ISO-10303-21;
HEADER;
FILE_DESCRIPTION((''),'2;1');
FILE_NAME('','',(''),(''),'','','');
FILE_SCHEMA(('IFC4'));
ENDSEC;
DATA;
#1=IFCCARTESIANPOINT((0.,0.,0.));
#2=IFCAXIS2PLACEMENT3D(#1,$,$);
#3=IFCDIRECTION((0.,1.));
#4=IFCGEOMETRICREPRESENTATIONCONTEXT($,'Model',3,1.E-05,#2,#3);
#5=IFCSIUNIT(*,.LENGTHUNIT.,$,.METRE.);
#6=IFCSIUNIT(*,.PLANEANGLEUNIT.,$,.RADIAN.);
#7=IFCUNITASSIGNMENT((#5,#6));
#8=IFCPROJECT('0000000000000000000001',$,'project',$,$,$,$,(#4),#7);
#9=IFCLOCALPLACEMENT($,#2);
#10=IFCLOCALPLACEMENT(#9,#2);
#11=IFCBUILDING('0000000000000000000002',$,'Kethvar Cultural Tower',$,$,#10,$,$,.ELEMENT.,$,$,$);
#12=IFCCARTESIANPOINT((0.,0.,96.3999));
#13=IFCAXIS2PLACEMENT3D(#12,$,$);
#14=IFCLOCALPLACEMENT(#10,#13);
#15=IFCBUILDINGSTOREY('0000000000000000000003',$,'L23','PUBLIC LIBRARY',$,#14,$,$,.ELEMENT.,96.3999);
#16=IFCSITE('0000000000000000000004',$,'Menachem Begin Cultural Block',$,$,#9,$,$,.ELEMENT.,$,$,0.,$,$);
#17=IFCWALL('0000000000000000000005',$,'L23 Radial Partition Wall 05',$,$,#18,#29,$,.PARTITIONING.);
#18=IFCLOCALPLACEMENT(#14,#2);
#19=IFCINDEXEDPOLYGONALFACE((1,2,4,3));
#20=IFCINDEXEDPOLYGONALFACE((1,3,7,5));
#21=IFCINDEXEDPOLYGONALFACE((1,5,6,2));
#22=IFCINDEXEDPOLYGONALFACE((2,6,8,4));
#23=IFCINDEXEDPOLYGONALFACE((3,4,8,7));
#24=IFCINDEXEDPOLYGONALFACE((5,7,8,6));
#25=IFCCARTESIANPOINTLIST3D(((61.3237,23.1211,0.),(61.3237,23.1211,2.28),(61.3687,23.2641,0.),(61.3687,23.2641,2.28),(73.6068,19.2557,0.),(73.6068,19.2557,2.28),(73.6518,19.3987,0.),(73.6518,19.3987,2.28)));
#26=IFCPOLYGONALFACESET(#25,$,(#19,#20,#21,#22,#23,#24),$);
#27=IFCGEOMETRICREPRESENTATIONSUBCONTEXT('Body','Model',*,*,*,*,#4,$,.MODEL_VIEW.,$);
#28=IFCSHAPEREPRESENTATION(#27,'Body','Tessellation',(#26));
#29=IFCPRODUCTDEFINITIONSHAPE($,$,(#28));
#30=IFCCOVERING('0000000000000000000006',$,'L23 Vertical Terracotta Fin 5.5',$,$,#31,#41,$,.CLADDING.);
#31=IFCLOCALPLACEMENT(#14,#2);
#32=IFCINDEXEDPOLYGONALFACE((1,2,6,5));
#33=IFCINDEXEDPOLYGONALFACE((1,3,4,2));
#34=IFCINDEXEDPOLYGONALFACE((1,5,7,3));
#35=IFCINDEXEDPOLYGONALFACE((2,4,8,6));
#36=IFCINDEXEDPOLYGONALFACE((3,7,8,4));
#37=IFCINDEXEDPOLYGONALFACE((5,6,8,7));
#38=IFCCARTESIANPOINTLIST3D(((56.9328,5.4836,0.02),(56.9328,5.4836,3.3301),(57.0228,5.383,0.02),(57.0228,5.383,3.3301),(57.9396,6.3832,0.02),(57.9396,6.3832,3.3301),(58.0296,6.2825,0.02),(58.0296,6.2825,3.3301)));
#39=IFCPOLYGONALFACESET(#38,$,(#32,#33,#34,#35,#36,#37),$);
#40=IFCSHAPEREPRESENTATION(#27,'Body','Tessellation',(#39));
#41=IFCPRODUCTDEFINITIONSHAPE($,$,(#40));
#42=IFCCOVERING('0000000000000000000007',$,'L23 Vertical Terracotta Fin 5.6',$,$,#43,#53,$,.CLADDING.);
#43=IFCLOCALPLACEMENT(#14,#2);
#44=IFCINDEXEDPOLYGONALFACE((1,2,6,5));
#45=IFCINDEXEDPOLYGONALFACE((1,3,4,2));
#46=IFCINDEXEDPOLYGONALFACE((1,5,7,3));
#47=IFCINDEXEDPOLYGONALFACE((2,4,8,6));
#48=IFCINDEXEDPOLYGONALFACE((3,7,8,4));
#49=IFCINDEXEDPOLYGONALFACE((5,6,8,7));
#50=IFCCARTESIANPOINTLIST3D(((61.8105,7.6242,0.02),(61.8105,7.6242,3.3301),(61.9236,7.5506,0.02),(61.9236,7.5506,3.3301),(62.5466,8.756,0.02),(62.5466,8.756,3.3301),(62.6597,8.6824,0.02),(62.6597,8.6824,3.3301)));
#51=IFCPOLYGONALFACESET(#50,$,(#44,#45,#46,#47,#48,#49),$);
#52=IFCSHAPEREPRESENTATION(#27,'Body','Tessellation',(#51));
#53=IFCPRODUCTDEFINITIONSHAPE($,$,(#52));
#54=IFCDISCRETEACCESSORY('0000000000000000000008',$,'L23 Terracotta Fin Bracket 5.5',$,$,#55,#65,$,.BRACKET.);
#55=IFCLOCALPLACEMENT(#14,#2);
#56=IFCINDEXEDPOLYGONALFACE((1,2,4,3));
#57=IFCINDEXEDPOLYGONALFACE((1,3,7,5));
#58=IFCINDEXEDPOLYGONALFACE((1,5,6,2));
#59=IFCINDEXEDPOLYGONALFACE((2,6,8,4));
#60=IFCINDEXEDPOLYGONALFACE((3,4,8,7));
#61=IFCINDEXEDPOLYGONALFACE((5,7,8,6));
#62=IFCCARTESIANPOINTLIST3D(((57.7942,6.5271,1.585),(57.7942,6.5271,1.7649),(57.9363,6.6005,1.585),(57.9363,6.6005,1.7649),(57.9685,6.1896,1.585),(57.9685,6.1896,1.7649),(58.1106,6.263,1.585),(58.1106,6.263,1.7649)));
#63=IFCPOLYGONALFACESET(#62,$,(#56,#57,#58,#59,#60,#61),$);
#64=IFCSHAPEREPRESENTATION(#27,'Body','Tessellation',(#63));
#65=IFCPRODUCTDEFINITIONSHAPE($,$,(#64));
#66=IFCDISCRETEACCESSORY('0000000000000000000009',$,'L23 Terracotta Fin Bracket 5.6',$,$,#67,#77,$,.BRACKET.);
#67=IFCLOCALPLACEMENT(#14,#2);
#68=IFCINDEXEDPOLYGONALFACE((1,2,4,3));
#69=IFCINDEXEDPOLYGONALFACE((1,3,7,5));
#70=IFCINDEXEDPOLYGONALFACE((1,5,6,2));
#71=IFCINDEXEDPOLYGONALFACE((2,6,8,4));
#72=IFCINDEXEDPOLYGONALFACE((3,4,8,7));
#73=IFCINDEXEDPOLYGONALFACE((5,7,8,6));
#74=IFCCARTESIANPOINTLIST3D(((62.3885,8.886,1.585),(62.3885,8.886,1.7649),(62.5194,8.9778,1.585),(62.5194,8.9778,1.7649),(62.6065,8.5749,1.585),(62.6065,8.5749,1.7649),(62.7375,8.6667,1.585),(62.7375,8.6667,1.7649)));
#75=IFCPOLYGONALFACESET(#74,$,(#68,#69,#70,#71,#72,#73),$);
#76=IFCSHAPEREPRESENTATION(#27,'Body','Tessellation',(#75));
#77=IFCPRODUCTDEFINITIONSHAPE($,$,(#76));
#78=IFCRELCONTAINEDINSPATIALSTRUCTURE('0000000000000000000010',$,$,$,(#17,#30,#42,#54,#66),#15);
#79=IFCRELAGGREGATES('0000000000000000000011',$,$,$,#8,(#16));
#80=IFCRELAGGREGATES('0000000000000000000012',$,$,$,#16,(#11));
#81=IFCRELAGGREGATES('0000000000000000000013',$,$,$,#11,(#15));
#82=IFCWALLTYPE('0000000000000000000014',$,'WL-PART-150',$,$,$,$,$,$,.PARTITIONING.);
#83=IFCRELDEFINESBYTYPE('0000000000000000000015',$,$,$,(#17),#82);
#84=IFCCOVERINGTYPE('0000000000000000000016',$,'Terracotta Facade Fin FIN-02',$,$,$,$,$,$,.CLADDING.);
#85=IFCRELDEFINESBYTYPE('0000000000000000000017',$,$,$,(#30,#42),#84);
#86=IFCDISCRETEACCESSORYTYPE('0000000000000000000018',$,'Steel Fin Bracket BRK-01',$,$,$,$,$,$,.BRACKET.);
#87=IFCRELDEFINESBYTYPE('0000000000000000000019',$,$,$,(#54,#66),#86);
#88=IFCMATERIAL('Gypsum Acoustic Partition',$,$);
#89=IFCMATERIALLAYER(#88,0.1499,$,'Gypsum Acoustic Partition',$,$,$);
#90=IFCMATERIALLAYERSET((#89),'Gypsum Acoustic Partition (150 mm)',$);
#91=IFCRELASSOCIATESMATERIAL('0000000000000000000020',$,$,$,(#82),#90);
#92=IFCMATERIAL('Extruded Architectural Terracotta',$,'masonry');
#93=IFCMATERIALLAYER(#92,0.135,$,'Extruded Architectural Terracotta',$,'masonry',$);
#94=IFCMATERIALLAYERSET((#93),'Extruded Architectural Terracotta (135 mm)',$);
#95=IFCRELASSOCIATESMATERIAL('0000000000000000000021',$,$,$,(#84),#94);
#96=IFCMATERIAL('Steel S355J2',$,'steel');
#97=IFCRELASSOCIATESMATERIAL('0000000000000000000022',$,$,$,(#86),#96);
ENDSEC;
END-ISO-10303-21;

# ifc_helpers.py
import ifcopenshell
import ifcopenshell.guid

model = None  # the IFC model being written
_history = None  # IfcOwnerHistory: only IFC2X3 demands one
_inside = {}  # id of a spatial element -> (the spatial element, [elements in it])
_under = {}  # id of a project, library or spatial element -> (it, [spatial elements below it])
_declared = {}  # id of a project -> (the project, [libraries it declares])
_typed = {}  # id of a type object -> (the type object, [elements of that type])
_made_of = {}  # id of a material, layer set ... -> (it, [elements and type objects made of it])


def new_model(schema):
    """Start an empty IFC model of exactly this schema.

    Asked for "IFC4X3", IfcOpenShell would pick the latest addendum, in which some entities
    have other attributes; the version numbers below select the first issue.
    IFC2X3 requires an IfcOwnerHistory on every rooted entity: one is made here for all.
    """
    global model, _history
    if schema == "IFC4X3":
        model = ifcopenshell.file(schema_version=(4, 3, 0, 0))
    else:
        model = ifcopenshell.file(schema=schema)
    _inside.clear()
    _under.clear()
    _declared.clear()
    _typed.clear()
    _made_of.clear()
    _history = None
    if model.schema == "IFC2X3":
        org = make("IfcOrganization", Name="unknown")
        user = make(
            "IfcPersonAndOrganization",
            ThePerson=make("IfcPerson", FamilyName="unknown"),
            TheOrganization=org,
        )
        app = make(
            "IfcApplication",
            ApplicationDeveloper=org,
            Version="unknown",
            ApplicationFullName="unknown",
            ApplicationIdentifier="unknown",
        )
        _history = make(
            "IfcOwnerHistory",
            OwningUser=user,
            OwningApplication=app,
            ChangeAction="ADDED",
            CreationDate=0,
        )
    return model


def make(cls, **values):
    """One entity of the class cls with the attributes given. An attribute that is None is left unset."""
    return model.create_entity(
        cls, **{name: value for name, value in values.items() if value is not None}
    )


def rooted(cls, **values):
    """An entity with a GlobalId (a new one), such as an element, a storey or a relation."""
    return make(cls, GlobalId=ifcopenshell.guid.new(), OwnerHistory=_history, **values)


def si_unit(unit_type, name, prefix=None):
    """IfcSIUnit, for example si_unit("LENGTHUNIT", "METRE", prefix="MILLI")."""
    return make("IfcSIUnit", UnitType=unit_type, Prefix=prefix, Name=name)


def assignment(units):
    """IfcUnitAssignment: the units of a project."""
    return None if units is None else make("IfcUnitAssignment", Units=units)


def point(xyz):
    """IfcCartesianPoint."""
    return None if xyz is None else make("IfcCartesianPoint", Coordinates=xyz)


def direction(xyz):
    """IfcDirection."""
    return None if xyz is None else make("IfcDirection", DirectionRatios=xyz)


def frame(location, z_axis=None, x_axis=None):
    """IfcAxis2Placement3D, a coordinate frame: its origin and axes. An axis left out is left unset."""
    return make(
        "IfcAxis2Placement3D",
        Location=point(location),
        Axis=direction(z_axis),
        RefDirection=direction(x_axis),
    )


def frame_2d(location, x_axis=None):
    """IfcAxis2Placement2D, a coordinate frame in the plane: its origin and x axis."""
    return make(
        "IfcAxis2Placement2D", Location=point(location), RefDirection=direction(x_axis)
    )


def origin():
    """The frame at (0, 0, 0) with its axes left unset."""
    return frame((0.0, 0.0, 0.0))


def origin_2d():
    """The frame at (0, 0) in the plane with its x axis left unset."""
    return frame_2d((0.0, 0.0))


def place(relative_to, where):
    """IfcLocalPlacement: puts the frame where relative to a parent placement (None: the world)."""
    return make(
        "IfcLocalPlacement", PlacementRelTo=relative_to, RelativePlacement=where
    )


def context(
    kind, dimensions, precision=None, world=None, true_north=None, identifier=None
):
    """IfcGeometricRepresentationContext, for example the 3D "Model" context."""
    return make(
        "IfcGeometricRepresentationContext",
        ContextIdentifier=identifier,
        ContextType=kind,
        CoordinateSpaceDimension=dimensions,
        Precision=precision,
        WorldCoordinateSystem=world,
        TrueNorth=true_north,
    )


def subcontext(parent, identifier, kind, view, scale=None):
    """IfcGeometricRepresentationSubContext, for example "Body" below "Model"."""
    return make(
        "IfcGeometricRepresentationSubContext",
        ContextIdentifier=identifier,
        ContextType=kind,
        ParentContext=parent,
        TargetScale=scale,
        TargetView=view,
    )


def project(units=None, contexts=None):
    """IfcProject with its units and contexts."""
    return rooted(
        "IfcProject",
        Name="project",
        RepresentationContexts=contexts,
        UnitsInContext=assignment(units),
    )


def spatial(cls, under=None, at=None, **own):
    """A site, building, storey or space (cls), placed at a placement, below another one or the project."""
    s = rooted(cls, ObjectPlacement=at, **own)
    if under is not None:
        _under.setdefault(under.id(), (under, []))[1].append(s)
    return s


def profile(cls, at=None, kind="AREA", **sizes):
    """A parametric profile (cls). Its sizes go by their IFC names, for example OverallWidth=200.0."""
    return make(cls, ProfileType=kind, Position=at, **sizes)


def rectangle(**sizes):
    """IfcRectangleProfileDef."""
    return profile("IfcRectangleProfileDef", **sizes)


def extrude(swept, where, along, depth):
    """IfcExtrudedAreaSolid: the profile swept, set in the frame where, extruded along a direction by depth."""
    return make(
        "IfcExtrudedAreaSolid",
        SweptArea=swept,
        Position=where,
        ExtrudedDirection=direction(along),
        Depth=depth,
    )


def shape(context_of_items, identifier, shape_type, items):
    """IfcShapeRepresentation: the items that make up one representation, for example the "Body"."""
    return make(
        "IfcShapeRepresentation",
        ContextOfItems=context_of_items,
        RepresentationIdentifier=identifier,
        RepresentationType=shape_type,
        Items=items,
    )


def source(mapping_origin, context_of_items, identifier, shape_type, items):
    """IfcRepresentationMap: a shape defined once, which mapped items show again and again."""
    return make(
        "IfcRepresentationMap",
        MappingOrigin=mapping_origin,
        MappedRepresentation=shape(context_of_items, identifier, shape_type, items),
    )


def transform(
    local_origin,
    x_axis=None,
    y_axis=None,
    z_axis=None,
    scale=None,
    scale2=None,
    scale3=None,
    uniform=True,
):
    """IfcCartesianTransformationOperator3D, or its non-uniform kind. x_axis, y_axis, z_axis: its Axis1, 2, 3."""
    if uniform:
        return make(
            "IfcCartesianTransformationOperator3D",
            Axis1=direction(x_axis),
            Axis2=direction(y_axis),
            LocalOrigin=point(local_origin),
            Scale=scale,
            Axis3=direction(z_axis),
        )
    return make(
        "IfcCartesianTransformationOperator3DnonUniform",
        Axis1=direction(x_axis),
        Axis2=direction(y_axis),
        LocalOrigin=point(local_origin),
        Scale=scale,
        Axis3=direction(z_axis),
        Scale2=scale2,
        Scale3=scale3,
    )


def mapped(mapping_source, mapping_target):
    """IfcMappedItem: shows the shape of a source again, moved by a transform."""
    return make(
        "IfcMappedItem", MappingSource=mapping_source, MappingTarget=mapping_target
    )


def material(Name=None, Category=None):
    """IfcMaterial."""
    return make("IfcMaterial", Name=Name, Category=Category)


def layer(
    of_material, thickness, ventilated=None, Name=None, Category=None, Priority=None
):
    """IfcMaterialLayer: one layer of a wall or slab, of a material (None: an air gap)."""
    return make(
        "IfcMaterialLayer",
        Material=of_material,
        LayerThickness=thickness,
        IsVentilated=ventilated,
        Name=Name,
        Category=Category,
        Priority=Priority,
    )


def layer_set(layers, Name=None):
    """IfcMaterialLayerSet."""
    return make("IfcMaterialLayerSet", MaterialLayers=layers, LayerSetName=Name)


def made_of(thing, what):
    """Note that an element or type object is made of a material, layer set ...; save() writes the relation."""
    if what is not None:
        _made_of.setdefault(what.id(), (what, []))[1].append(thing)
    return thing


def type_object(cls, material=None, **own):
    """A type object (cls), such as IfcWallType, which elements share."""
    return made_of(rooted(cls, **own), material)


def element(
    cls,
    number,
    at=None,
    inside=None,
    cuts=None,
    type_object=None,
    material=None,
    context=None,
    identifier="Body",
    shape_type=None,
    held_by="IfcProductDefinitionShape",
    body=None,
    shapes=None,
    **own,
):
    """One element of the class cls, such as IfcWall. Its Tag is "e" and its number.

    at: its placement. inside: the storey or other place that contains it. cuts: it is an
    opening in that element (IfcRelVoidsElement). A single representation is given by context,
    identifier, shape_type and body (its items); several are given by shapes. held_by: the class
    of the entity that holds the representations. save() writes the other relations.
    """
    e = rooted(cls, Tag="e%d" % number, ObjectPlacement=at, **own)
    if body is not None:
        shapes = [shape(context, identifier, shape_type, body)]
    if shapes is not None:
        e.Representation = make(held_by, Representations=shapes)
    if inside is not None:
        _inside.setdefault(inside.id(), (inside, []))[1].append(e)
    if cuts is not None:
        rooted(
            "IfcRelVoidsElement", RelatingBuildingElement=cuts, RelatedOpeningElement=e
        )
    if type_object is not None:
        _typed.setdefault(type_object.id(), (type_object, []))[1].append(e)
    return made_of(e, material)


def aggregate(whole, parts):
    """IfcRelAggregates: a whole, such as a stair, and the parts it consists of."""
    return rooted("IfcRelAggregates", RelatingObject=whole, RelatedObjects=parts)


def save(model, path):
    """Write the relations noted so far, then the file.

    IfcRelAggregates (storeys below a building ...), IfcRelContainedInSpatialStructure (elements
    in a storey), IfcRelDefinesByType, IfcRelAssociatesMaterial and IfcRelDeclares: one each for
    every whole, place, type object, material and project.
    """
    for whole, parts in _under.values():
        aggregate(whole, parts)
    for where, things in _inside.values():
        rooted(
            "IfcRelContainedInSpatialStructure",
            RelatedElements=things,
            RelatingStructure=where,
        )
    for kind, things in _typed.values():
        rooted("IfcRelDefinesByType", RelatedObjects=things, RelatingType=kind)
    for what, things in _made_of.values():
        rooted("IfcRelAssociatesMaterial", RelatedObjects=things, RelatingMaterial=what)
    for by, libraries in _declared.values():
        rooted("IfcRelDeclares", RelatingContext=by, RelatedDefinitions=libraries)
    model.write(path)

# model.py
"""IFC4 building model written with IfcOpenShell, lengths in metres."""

from ifc_helpers import new_model, si_unit, direction, frame, frame_2d, origin, origin_2d, place, context, subcontext, project, spatial, rectangle, extrude, source, transform, mapped, material, layer, layer_set, type_object, element, save


model = new_model("IFC4")

# Units and contexts
model_context = context("Model", 3, precision=1e-05, world=origin(), true_north=direction((0.0, 1.0)))
body_context = subcontext(model_context, "Body", "Model", "MODEL_VIEW")
ifc_project = project(units=[si_unit("LENGTHUNIT", "METRE"), si_unit("PLANEANGLEUNIT", "RADIAN")], contexts=[model_context])

# Site, building, storey
site_placement = place(None, origin())
site = spatial("IfcSite", under=ifc_project, at=site_placement, Name="Menachem Begin Cultural Block", CompositionType="ELEMENT", RefElevation=0.0)
building_placement = place(site_placement, origin())
building = spatial("IfcBuilding", under=site, at=building_placement, Name="Kethvar Cultural Tower", CompositionType="ELEMENT")
storey_placement = place(building_placement, frame((0.0, 0.0, 96.3999)))
storey = spatial("IfcBuildingStorey", under=building, at=storey_placement, Name="L23", Description="PUBLIC LIBRARY", CompositionType="ELEMENT", Elevation=96.3999)

# Shared definitions
ifc_material_1 = material(Name="Steel S355J2", Category="steel")

# Wall
ifc_material_2 = material(Name="Gypsum Acoustic Partition")
ifc_layer_1 = layer(ifc_material_2, 0.1499, Name="Gypsum Acoustic Partition")
ifc_layer_set_1 = layer_set([ifc_layer_1], Name="Gypsum Acoustic Partition (150 mm)")
wall_type_1 = type_object("IfcWallType", Name="WL-PART-150", PredefinedType="PARTITIONING", material=ifc_layer_set_1)
wall_1_placement = place(storey_placement, frame((61.3462, 23.1926, 0.0), z_axis=(0.0, 0.0, 1.0), x_axis=(0.953882, -0.300183, 0.0)))
element("IfcWall", 1, at=wall_1_placement, inside=storey, type_object=wall_type_1, Name="L23 Radial Partition Wall 05", PredefinedType="PARTITIONING", context=body_context, shape_type="SweptSolid", body=[
    extrude(rectangle(XDim=12.877, YDim=0.1499, at=frame_2d((6.4385, 0.0))), origin(), (0.0, 0.0, 1.0), 2.28),
])

# Coverings
ifc_material_3 = material(Name="Extruded Architectural Terracotta", Category="masonry")
ifc_layer_2 = layer(ifc_material_3, 0.135, Name="Extruded Architectural Terracotta", Category="masonry")
ifc_layer_set_2 = layer_set([ifc_layer_2], Name="Extruded Architectural Terracotta (135 mm)")
covering_type = type_object("IfcCoveringType", Name="Terracotta Facade Fin FIN-02", PredefinedType="CLADDING", material=ifc_layer_set_2)
shared_shape_1 = source(origin(), body_context, "Body", "SweptSolid", [
    extrude(rectangle(XDim=1.3501, YDim=0.135, at=origin_2d()), origin(), (0.0, 0.0, 1.0), 3.3101),
])
for number, where, z_axis, x_axis, name in (
    (2, (57.4812, 5.8831, 0.02), (0.0, 0.0, 1.0), (-0.745709, -0.666272, 0.0), "L23 Vertical Terracotta Fin 5.5"),
    (3, (62.2351, 8.1533, 0.02), (0.0, 0.0, 1.0), (-0.545224, -0.83829, 0.0), "L23 Vertical Terracotta Fin 5.6"),
):
    element("IfcCovering", number, at=place(storey_placement, frame(where, z_axis=z_axis, x_axis=x_axis)), inside=storey, type_object=covering_type, Name=name, PredefinedType="CLADDING", context=body_context, shape_type="MappedRepresentation", body=[
        mapped(shared_shape_1, transform((0.0, 0.0, 0.0), scale=1.0)),
    ])

# Discrete accessories
discrete_accessory_type = type_object("IfcDiscreteAccessoryType", Name="Steel Fin Bracket BRK-01", PredefinedType="BRACKET", material=ifc_material_1)
shared_shape_2 = source(origin(), body_context, "Body", "SweptSolid", [
    extrude(rectangle(XDim=0.3799, YDim=0.1599, at=origin_2d()), origin(), (0.0, 0.0, 1.0), 0.1799),
])
for number, where, z_axis, x_axis, name in (
    (4, (57.9524, 6.395, 1.585), (0.0, 0.0, 1.0), (0.45896, -0.888457, 0.0), "L23 Terracotta Fin Bracket 5.5"),
    (5, (62.563, 8.7764, 1.585), (0.0, 0.0, 1.0), (0.574005, -0.818852, 0.0), "L23 Terracotta Fin Bracket 5.6"),
):
    element("IfcDiscreteAccessory", number, at=place(storey_placement, frame(where, z_axis=z_axis, x_axis=x_axis)), inside=storey, type_object=discrete_accessory_type, Name=name, PredefinedType="BRACKET", context=body_context, shape_type="MappedRepresentation", body=[
        mapped(shared_shape_2, transform((0.0, 0.0, 0.0), scale=1.0)),
    ])

save(model, "model.ifc")
